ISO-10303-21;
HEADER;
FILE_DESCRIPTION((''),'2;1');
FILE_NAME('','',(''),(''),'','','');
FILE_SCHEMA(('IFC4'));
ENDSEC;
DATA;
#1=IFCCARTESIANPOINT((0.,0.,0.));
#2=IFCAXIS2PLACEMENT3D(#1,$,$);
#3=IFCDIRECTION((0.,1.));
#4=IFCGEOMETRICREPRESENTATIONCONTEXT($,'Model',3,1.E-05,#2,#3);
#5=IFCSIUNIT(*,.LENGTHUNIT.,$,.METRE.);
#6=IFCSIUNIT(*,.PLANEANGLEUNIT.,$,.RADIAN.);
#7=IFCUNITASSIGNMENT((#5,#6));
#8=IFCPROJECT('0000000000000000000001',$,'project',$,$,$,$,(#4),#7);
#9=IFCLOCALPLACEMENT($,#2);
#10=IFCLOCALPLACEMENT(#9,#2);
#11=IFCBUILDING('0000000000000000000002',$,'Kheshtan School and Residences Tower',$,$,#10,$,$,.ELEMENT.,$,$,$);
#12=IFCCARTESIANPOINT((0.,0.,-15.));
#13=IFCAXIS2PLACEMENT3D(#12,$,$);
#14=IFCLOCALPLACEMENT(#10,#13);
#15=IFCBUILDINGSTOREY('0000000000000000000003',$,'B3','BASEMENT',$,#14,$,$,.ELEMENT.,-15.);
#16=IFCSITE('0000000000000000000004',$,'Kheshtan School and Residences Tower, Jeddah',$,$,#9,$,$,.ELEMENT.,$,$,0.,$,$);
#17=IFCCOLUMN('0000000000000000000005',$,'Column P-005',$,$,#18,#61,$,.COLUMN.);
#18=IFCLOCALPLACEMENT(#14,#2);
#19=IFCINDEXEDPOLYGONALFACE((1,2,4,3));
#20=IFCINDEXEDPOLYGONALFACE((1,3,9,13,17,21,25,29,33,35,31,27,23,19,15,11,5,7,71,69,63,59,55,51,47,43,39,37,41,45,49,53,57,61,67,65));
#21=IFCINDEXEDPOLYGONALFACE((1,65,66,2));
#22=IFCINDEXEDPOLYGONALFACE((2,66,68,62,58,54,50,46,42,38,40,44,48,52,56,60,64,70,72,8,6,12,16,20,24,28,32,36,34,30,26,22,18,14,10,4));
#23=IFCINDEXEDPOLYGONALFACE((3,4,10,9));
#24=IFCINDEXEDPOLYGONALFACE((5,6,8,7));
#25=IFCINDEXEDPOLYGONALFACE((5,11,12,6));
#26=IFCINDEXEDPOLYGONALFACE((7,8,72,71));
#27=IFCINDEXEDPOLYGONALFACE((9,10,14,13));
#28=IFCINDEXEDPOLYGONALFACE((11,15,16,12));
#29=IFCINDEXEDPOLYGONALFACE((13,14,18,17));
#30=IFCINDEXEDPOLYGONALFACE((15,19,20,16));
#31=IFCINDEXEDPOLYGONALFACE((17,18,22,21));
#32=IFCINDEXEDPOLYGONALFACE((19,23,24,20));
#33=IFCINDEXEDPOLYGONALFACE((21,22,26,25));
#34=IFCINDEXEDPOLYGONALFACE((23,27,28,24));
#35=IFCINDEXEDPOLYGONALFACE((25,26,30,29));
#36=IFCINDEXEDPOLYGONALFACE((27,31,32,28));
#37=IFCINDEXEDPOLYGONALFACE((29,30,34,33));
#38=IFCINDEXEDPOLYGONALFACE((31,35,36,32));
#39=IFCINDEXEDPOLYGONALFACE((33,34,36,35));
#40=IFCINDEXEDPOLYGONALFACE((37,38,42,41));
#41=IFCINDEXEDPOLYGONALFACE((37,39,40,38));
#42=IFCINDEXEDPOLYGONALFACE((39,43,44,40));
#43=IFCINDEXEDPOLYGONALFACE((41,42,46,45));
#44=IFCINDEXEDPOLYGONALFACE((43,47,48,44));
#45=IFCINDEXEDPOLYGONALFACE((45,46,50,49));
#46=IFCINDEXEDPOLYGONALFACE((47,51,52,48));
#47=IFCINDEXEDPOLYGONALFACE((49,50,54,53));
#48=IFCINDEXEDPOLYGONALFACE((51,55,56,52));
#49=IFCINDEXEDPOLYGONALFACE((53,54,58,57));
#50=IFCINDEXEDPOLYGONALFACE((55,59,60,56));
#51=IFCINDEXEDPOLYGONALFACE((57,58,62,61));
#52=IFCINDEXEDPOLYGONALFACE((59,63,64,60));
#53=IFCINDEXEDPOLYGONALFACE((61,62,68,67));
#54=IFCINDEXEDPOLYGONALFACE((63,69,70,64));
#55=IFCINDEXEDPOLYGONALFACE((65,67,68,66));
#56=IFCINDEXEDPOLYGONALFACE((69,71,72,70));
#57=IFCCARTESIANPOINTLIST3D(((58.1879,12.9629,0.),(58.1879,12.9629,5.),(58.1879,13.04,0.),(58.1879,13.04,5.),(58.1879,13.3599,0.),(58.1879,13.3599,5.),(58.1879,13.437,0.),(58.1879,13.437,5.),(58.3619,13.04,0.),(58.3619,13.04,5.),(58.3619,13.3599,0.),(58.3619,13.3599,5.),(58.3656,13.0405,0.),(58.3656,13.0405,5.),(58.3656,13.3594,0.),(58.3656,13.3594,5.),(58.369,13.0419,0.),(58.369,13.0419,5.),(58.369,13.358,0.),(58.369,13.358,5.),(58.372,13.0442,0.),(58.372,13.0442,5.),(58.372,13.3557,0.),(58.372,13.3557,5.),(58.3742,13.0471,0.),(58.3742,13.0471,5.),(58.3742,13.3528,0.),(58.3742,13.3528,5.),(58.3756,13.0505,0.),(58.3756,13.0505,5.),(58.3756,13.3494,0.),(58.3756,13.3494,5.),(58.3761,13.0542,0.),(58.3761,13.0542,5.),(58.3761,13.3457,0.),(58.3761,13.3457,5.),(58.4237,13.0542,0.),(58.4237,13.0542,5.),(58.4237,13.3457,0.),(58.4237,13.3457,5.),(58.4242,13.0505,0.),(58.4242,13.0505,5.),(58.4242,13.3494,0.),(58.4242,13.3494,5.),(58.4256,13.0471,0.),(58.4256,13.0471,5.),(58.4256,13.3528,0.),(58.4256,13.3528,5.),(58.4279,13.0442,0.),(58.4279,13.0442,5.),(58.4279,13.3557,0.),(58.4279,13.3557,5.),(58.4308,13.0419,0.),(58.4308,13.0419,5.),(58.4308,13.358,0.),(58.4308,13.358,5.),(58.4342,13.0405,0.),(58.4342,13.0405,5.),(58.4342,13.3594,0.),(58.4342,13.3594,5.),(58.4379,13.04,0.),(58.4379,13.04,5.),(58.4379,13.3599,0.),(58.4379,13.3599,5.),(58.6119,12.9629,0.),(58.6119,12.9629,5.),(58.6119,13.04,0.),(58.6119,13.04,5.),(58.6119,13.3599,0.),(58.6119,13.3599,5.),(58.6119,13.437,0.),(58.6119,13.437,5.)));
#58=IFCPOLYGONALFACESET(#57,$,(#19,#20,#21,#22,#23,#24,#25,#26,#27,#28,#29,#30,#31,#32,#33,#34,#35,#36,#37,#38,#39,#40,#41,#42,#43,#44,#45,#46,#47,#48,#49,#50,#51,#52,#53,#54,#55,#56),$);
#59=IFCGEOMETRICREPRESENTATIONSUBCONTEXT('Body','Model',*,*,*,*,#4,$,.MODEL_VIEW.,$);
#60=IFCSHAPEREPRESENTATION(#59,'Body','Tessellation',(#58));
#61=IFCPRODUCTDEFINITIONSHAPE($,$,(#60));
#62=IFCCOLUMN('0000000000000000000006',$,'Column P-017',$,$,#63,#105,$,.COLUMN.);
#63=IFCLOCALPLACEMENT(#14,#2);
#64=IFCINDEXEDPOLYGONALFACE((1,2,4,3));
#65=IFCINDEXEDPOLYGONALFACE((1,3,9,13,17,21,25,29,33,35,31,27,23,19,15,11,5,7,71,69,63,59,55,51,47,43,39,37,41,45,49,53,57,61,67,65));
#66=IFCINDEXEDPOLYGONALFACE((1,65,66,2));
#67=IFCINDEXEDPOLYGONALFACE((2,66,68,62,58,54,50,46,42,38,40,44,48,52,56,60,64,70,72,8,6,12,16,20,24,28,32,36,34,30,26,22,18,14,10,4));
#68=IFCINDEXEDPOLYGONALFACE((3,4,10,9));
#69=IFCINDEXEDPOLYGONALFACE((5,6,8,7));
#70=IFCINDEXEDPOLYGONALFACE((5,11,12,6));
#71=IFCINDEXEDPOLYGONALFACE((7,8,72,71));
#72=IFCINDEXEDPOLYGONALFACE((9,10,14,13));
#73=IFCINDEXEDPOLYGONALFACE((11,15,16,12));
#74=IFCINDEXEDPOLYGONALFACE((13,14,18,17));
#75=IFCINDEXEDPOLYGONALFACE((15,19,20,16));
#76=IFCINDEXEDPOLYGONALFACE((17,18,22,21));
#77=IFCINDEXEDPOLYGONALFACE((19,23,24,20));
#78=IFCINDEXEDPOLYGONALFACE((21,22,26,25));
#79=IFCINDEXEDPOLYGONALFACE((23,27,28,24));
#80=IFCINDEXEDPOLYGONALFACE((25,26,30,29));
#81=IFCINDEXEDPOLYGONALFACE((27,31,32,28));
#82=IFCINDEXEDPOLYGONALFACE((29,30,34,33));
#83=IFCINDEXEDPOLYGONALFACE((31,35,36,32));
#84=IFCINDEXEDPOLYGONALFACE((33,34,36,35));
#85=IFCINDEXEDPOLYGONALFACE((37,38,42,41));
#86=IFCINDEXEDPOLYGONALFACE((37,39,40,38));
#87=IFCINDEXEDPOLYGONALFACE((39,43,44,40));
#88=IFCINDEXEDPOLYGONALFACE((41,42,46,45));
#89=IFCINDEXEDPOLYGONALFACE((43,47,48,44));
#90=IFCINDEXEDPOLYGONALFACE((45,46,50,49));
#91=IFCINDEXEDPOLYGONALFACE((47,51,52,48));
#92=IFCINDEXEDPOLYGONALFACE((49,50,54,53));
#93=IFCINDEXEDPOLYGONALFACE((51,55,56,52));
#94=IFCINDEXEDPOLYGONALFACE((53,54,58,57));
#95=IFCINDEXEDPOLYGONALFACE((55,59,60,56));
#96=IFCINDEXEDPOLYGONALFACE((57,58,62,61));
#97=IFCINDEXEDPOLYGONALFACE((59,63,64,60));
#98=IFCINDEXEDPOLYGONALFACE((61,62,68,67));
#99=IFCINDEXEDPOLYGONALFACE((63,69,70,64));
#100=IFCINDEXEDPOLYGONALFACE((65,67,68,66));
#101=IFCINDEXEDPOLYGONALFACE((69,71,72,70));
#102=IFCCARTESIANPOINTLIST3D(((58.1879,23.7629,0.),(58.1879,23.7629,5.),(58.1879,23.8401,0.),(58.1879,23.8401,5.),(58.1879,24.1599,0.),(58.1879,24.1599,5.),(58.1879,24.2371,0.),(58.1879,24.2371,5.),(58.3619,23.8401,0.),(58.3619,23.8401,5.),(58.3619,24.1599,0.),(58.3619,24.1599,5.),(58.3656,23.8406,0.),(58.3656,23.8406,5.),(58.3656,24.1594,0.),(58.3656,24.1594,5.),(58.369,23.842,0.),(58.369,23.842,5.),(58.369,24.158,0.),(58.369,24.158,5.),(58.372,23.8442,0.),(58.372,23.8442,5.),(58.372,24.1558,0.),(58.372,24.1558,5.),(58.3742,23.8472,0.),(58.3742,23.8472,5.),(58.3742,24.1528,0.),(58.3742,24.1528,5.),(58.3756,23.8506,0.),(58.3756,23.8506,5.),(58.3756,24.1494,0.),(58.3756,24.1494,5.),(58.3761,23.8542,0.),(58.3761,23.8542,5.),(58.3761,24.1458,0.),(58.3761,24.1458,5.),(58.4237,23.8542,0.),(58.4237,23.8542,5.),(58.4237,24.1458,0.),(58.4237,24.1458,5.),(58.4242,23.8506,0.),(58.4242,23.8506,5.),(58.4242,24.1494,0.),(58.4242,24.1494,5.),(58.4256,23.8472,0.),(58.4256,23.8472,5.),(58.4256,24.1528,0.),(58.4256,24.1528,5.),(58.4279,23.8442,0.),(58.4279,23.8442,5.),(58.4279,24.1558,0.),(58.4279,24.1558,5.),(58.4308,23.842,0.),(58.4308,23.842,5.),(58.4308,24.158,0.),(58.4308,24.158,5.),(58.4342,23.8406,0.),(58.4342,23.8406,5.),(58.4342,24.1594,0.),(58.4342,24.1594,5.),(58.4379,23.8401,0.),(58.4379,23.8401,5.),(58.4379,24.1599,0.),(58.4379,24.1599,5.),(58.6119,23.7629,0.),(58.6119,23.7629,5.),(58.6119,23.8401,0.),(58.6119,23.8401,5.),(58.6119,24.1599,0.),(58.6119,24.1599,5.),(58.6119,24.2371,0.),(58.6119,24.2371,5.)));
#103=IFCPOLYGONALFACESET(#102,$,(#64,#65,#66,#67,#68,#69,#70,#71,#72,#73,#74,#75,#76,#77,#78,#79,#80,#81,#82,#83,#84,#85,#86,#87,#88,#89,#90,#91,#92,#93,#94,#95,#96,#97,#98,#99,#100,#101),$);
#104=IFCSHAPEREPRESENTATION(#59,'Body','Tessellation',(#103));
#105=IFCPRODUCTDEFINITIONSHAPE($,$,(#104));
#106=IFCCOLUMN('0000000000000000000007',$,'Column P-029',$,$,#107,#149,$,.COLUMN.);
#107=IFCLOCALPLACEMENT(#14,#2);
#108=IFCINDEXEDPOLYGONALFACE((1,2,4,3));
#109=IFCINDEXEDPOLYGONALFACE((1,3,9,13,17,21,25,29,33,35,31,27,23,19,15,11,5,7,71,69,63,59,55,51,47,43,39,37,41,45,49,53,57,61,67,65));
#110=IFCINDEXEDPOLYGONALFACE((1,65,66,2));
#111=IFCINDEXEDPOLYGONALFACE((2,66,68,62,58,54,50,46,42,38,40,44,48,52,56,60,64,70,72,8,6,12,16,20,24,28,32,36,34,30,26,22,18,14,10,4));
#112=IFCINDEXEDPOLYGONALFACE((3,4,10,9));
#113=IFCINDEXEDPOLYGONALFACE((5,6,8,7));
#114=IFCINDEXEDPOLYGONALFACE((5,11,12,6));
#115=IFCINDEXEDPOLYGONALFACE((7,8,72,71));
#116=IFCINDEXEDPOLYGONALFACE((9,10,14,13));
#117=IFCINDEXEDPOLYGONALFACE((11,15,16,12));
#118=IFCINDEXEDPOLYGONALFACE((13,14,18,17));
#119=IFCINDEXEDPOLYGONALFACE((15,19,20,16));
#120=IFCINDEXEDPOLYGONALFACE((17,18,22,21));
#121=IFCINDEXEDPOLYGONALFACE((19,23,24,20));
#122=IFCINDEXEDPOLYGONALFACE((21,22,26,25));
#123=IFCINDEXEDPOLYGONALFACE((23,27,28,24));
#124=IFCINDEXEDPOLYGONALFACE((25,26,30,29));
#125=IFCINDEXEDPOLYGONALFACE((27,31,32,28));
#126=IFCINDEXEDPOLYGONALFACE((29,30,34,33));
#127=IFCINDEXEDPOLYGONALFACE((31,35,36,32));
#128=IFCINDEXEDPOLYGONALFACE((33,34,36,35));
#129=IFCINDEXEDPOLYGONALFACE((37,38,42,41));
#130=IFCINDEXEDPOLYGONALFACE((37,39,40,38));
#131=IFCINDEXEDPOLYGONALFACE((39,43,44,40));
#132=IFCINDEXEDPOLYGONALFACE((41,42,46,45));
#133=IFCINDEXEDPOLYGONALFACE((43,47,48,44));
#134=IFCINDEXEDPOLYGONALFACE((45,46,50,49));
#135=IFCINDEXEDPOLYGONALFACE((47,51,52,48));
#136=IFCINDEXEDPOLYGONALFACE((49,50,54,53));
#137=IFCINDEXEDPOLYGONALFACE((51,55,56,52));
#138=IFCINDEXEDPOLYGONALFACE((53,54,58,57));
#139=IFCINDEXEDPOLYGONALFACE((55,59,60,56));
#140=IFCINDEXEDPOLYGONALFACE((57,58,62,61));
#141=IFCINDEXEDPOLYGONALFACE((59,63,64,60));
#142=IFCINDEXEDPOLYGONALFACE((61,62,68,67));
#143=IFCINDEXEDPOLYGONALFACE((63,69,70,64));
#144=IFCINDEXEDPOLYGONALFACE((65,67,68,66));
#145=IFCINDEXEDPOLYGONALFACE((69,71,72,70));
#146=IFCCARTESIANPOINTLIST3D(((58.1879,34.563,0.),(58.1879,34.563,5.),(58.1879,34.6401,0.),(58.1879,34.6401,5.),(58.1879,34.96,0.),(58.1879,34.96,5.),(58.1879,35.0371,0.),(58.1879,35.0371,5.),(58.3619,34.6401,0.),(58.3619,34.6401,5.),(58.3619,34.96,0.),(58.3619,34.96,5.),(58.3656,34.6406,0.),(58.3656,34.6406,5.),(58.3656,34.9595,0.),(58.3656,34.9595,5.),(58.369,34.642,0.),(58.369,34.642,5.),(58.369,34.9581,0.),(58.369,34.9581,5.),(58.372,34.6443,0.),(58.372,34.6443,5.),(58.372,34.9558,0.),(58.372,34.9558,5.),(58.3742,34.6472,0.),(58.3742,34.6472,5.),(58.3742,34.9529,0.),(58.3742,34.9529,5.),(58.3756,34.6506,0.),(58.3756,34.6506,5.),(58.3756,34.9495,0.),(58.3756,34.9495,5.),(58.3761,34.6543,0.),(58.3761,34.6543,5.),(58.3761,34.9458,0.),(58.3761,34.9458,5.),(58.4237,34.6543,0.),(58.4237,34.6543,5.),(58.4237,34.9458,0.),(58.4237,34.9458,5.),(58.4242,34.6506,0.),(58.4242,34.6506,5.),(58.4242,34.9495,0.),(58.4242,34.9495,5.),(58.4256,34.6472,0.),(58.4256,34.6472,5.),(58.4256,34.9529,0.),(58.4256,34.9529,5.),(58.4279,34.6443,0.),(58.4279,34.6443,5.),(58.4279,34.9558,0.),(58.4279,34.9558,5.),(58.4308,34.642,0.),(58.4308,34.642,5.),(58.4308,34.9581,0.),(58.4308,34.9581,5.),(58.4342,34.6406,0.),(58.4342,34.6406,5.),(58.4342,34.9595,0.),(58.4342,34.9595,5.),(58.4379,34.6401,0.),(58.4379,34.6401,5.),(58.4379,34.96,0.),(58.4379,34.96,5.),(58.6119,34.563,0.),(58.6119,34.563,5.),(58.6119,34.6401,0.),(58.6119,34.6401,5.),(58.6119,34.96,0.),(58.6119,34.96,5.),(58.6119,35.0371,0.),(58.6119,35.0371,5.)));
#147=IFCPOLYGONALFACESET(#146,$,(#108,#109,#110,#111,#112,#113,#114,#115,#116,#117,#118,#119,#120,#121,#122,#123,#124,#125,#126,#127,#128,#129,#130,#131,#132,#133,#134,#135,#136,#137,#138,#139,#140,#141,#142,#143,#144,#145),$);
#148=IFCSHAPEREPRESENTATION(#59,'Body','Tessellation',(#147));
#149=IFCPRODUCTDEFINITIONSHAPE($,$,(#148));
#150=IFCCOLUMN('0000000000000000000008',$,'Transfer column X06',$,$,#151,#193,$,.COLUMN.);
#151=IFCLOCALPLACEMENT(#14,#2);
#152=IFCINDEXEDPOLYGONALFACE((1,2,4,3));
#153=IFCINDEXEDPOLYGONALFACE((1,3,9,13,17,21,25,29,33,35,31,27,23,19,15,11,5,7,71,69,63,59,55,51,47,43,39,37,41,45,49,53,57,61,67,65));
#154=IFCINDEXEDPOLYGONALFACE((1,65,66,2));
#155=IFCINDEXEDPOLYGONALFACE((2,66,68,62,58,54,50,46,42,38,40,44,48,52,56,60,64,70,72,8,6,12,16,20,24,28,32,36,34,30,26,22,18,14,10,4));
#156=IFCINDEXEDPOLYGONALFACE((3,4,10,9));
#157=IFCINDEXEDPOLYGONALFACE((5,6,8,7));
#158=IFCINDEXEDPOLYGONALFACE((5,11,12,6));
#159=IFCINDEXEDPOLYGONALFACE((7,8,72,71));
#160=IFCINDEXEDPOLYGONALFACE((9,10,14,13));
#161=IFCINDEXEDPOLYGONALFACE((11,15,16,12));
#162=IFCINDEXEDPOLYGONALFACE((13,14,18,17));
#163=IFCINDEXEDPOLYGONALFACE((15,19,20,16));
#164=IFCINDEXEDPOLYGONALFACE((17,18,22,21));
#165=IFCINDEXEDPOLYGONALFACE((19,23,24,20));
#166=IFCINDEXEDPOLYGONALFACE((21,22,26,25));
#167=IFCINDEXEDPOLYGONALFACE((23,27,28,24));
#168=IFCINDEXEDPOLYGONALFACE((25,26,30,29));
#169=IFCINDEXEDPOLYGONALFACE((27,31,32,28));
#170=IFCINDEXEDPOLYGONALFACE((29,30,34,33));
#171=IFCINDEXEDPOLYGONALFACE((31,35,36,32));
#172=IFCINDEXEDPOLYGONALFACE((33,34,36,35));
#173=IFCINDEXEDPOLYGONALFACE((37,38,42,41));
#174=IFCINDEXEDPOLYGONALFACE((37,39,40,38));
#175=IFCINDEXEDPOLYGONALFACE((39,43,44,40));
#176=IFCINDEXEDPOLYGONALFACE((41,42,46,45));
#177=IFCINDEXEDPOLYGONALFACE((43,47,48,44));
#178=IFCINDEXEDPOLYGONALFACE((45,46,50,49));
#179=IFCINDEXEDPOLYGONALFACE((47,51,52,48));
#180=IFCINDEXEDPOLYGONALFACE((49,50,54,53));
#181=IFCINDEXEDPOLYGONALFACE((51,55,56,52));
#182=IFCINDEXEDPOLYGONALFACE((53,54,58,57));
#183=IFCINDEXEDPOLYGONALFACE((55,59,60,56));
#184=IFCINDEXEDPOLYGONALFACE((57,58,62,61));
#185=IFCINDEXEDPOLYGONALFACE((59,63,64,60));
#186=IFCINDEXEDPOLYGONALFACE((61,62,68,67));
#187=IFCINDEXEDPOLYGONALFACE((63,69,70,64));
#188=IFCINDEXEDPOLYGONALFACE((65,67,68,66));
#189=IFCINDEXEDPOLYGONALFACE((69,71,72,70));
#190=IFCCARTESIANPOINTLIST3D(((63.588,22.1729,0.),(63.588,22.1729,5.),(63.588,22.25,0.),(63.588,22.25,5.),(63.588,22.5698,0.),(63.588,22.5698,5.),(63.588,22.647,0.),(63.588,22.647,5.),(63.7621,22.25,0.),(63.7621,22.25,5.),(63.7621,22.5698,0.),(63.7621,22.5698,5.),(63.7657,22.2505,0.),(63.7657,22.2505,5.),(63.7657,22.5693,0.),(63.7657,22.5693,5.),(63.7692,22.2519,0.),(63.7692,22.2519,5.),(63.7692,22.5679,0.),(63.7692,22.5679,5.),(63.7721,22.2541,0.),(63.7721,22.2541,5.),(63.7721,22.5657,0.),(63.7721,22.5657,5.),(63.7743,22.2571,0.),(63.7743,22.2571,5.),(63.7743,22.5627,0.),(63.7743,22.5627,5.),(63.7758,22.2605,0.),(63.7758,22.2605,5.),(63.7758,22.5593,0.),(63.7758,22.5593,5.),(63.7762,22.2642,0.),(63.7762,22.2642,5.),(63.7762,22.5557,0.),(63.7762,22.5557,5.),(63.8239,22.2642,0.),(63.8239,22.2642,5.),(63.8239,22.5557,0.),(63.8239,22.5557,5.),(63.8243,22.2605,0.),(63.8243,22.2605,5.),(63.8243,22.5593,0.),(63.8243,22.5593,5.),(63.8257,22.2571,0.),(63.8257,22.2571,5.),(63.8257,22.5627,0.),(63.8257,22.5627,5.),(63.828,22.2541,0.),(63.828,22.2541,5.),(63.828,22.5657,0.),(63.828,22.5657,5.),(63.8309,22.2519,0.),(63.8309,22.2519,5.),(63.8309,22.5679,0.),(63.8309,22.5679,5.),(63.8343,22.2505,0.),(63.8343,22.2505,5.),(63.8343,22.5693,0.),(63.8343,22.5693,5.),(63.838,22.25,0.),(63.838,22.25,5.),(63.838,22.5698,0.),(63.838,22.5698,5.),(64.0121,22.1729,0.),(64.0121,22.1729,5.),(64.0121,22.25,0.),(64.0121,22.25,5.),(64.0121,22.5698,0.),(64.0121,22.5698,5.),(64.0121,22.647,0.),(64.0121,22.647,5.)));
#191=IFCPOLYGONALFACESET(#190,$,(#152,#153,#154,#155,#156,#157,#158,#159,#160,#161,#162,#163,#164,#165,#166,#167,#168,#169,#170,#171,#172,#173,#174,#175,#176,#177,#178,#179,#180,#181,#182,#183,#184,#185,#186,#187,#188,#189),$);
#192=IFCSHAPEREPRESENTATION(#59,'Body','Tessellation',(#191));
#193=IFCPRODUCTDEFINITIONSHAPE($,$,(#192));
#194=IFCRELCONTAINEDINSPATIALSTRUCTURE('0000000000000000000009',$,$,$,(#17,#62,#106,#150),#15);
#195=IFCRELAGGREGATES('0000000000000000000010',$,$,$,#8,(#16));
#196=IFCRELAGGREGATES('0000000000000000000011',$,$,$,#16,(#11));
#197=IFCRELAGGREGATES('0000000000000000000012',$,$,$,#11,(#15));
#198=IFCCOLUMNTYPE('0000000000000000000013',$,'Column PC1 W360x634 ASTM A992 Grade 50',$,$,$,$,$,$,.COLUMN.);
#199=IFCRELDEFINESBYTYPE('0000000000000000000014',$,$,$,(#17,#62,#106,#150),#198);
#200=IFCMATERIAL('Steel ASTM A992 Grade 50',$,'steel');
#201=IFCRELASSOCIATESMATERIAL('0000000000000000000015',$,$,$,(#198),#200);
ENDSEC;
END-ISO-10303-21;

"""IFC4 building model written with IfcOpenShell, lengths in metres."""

from ifc_helpers import new_model, si_unit, direction, frame, origin, origin_2d, place, context, subcontext, project, spatial, i_section, extrude, material, material_profile, profile_set, type_object, element, save


model = new_model("IFC4")

# Units and contexts
model_context = context("Model", 3, precision=1e-05, world=origin(), true_north=direction((0.0, 1.0)))
body_context = subcontext(model_context, "Body", "Model", "MODEL_VIEW")
ifc_project = project(units=[si_unit("LENGTHUNIT", "METRE"), si_unit("PLANEANGLEUNIT", "RADIAN")], contexts=[model_context])

# Site, building, storey
site_placement = place(None, origin())
site = spatial("IfcSite", under=ifc_project, at=site_placement, Name="Kheshtan School and Residences Tower, Jeddah", CompositionType="ELEMENT", RefElevation=0.0)
building_placement = place(site_placement, origin())
building = spatial("IfcBuilding", under=site, at=building_placement, Name="Kheshtan School and Residences Tower", CompositionType="ELEMENT")
storey_placement = place(building_placement, frame((0.0, 0.0, -15.0)))
storey = spatial("IfcBuildingStorey", under=building, at=storey_placement, Name="B3", Description="BASEMENT", CompositionType="ELEMENT", Elevation=-15.0)

# Columns
ifc_material_1 = material(Name="Steel ASTM A992 Grade 50", Category="steel")
ifc_material_profile_1 = material_profile(ifc_material_1, i_section(OverallWidth=0.4241, OverallDepth=0.4741, WebThickness=0.0476, FlangeThickness=0.0771, FilletRadius=0.0142, at=origin_2d()), Name="W360x634")
ifc_profile_set_1 = profile_set([ifc_material_profile_1], Name="Steel ASTM A992 Grade 50")
column_type = type_object("IfcColumnType", Name="Column PC1 W360x634 ASTM A992 Grade 50", PredefinedType="COLUMN", material=ifc_profile_set_1)
for number, where, z_axis, x_axis, name in (
    (1, (58.3999, 13.2, 0.0), (0.0, 0.0, 1.0), (1.0, 0.0, 0.0), "Column P-005"),
    (2, (58.3999, 24.0, 0.0), (0.0, 0.0, 1.0), (1.0, 0.0, 0.0), "Column P-017"),
    (3, (58.3999, 34.8, 0.0), (0.0, 0.0, 1.0), (1.0, 0.0, 0.0), "Column P-029"),
    (4, (63.8, 22.4099, 0.0), (0.0, 0.0, 1.0), (1.0, 0.0, 0.0), "Transfer column X06"),
):
    element("IfcColumn", number, at=place(storey_placement, frame(where, z_axis=z_axis, x_axis=x_axis)), inside=storey, type_object=column_type, Name=name, PredefinedType="COLUMN", context=body_context, shape_type="SweptSolid", body=[
        extrude(i_section(OverallWidth=0.4241, OverallDepth=0.4741, WebThickness=0.0476, FlangeThickness=0.0771, FilletRadius=0.0142, at=origin_2d()), origin(), (0.0, 0.0, 1.0), 5.0),
    ])

save(model, "model.ifc")
